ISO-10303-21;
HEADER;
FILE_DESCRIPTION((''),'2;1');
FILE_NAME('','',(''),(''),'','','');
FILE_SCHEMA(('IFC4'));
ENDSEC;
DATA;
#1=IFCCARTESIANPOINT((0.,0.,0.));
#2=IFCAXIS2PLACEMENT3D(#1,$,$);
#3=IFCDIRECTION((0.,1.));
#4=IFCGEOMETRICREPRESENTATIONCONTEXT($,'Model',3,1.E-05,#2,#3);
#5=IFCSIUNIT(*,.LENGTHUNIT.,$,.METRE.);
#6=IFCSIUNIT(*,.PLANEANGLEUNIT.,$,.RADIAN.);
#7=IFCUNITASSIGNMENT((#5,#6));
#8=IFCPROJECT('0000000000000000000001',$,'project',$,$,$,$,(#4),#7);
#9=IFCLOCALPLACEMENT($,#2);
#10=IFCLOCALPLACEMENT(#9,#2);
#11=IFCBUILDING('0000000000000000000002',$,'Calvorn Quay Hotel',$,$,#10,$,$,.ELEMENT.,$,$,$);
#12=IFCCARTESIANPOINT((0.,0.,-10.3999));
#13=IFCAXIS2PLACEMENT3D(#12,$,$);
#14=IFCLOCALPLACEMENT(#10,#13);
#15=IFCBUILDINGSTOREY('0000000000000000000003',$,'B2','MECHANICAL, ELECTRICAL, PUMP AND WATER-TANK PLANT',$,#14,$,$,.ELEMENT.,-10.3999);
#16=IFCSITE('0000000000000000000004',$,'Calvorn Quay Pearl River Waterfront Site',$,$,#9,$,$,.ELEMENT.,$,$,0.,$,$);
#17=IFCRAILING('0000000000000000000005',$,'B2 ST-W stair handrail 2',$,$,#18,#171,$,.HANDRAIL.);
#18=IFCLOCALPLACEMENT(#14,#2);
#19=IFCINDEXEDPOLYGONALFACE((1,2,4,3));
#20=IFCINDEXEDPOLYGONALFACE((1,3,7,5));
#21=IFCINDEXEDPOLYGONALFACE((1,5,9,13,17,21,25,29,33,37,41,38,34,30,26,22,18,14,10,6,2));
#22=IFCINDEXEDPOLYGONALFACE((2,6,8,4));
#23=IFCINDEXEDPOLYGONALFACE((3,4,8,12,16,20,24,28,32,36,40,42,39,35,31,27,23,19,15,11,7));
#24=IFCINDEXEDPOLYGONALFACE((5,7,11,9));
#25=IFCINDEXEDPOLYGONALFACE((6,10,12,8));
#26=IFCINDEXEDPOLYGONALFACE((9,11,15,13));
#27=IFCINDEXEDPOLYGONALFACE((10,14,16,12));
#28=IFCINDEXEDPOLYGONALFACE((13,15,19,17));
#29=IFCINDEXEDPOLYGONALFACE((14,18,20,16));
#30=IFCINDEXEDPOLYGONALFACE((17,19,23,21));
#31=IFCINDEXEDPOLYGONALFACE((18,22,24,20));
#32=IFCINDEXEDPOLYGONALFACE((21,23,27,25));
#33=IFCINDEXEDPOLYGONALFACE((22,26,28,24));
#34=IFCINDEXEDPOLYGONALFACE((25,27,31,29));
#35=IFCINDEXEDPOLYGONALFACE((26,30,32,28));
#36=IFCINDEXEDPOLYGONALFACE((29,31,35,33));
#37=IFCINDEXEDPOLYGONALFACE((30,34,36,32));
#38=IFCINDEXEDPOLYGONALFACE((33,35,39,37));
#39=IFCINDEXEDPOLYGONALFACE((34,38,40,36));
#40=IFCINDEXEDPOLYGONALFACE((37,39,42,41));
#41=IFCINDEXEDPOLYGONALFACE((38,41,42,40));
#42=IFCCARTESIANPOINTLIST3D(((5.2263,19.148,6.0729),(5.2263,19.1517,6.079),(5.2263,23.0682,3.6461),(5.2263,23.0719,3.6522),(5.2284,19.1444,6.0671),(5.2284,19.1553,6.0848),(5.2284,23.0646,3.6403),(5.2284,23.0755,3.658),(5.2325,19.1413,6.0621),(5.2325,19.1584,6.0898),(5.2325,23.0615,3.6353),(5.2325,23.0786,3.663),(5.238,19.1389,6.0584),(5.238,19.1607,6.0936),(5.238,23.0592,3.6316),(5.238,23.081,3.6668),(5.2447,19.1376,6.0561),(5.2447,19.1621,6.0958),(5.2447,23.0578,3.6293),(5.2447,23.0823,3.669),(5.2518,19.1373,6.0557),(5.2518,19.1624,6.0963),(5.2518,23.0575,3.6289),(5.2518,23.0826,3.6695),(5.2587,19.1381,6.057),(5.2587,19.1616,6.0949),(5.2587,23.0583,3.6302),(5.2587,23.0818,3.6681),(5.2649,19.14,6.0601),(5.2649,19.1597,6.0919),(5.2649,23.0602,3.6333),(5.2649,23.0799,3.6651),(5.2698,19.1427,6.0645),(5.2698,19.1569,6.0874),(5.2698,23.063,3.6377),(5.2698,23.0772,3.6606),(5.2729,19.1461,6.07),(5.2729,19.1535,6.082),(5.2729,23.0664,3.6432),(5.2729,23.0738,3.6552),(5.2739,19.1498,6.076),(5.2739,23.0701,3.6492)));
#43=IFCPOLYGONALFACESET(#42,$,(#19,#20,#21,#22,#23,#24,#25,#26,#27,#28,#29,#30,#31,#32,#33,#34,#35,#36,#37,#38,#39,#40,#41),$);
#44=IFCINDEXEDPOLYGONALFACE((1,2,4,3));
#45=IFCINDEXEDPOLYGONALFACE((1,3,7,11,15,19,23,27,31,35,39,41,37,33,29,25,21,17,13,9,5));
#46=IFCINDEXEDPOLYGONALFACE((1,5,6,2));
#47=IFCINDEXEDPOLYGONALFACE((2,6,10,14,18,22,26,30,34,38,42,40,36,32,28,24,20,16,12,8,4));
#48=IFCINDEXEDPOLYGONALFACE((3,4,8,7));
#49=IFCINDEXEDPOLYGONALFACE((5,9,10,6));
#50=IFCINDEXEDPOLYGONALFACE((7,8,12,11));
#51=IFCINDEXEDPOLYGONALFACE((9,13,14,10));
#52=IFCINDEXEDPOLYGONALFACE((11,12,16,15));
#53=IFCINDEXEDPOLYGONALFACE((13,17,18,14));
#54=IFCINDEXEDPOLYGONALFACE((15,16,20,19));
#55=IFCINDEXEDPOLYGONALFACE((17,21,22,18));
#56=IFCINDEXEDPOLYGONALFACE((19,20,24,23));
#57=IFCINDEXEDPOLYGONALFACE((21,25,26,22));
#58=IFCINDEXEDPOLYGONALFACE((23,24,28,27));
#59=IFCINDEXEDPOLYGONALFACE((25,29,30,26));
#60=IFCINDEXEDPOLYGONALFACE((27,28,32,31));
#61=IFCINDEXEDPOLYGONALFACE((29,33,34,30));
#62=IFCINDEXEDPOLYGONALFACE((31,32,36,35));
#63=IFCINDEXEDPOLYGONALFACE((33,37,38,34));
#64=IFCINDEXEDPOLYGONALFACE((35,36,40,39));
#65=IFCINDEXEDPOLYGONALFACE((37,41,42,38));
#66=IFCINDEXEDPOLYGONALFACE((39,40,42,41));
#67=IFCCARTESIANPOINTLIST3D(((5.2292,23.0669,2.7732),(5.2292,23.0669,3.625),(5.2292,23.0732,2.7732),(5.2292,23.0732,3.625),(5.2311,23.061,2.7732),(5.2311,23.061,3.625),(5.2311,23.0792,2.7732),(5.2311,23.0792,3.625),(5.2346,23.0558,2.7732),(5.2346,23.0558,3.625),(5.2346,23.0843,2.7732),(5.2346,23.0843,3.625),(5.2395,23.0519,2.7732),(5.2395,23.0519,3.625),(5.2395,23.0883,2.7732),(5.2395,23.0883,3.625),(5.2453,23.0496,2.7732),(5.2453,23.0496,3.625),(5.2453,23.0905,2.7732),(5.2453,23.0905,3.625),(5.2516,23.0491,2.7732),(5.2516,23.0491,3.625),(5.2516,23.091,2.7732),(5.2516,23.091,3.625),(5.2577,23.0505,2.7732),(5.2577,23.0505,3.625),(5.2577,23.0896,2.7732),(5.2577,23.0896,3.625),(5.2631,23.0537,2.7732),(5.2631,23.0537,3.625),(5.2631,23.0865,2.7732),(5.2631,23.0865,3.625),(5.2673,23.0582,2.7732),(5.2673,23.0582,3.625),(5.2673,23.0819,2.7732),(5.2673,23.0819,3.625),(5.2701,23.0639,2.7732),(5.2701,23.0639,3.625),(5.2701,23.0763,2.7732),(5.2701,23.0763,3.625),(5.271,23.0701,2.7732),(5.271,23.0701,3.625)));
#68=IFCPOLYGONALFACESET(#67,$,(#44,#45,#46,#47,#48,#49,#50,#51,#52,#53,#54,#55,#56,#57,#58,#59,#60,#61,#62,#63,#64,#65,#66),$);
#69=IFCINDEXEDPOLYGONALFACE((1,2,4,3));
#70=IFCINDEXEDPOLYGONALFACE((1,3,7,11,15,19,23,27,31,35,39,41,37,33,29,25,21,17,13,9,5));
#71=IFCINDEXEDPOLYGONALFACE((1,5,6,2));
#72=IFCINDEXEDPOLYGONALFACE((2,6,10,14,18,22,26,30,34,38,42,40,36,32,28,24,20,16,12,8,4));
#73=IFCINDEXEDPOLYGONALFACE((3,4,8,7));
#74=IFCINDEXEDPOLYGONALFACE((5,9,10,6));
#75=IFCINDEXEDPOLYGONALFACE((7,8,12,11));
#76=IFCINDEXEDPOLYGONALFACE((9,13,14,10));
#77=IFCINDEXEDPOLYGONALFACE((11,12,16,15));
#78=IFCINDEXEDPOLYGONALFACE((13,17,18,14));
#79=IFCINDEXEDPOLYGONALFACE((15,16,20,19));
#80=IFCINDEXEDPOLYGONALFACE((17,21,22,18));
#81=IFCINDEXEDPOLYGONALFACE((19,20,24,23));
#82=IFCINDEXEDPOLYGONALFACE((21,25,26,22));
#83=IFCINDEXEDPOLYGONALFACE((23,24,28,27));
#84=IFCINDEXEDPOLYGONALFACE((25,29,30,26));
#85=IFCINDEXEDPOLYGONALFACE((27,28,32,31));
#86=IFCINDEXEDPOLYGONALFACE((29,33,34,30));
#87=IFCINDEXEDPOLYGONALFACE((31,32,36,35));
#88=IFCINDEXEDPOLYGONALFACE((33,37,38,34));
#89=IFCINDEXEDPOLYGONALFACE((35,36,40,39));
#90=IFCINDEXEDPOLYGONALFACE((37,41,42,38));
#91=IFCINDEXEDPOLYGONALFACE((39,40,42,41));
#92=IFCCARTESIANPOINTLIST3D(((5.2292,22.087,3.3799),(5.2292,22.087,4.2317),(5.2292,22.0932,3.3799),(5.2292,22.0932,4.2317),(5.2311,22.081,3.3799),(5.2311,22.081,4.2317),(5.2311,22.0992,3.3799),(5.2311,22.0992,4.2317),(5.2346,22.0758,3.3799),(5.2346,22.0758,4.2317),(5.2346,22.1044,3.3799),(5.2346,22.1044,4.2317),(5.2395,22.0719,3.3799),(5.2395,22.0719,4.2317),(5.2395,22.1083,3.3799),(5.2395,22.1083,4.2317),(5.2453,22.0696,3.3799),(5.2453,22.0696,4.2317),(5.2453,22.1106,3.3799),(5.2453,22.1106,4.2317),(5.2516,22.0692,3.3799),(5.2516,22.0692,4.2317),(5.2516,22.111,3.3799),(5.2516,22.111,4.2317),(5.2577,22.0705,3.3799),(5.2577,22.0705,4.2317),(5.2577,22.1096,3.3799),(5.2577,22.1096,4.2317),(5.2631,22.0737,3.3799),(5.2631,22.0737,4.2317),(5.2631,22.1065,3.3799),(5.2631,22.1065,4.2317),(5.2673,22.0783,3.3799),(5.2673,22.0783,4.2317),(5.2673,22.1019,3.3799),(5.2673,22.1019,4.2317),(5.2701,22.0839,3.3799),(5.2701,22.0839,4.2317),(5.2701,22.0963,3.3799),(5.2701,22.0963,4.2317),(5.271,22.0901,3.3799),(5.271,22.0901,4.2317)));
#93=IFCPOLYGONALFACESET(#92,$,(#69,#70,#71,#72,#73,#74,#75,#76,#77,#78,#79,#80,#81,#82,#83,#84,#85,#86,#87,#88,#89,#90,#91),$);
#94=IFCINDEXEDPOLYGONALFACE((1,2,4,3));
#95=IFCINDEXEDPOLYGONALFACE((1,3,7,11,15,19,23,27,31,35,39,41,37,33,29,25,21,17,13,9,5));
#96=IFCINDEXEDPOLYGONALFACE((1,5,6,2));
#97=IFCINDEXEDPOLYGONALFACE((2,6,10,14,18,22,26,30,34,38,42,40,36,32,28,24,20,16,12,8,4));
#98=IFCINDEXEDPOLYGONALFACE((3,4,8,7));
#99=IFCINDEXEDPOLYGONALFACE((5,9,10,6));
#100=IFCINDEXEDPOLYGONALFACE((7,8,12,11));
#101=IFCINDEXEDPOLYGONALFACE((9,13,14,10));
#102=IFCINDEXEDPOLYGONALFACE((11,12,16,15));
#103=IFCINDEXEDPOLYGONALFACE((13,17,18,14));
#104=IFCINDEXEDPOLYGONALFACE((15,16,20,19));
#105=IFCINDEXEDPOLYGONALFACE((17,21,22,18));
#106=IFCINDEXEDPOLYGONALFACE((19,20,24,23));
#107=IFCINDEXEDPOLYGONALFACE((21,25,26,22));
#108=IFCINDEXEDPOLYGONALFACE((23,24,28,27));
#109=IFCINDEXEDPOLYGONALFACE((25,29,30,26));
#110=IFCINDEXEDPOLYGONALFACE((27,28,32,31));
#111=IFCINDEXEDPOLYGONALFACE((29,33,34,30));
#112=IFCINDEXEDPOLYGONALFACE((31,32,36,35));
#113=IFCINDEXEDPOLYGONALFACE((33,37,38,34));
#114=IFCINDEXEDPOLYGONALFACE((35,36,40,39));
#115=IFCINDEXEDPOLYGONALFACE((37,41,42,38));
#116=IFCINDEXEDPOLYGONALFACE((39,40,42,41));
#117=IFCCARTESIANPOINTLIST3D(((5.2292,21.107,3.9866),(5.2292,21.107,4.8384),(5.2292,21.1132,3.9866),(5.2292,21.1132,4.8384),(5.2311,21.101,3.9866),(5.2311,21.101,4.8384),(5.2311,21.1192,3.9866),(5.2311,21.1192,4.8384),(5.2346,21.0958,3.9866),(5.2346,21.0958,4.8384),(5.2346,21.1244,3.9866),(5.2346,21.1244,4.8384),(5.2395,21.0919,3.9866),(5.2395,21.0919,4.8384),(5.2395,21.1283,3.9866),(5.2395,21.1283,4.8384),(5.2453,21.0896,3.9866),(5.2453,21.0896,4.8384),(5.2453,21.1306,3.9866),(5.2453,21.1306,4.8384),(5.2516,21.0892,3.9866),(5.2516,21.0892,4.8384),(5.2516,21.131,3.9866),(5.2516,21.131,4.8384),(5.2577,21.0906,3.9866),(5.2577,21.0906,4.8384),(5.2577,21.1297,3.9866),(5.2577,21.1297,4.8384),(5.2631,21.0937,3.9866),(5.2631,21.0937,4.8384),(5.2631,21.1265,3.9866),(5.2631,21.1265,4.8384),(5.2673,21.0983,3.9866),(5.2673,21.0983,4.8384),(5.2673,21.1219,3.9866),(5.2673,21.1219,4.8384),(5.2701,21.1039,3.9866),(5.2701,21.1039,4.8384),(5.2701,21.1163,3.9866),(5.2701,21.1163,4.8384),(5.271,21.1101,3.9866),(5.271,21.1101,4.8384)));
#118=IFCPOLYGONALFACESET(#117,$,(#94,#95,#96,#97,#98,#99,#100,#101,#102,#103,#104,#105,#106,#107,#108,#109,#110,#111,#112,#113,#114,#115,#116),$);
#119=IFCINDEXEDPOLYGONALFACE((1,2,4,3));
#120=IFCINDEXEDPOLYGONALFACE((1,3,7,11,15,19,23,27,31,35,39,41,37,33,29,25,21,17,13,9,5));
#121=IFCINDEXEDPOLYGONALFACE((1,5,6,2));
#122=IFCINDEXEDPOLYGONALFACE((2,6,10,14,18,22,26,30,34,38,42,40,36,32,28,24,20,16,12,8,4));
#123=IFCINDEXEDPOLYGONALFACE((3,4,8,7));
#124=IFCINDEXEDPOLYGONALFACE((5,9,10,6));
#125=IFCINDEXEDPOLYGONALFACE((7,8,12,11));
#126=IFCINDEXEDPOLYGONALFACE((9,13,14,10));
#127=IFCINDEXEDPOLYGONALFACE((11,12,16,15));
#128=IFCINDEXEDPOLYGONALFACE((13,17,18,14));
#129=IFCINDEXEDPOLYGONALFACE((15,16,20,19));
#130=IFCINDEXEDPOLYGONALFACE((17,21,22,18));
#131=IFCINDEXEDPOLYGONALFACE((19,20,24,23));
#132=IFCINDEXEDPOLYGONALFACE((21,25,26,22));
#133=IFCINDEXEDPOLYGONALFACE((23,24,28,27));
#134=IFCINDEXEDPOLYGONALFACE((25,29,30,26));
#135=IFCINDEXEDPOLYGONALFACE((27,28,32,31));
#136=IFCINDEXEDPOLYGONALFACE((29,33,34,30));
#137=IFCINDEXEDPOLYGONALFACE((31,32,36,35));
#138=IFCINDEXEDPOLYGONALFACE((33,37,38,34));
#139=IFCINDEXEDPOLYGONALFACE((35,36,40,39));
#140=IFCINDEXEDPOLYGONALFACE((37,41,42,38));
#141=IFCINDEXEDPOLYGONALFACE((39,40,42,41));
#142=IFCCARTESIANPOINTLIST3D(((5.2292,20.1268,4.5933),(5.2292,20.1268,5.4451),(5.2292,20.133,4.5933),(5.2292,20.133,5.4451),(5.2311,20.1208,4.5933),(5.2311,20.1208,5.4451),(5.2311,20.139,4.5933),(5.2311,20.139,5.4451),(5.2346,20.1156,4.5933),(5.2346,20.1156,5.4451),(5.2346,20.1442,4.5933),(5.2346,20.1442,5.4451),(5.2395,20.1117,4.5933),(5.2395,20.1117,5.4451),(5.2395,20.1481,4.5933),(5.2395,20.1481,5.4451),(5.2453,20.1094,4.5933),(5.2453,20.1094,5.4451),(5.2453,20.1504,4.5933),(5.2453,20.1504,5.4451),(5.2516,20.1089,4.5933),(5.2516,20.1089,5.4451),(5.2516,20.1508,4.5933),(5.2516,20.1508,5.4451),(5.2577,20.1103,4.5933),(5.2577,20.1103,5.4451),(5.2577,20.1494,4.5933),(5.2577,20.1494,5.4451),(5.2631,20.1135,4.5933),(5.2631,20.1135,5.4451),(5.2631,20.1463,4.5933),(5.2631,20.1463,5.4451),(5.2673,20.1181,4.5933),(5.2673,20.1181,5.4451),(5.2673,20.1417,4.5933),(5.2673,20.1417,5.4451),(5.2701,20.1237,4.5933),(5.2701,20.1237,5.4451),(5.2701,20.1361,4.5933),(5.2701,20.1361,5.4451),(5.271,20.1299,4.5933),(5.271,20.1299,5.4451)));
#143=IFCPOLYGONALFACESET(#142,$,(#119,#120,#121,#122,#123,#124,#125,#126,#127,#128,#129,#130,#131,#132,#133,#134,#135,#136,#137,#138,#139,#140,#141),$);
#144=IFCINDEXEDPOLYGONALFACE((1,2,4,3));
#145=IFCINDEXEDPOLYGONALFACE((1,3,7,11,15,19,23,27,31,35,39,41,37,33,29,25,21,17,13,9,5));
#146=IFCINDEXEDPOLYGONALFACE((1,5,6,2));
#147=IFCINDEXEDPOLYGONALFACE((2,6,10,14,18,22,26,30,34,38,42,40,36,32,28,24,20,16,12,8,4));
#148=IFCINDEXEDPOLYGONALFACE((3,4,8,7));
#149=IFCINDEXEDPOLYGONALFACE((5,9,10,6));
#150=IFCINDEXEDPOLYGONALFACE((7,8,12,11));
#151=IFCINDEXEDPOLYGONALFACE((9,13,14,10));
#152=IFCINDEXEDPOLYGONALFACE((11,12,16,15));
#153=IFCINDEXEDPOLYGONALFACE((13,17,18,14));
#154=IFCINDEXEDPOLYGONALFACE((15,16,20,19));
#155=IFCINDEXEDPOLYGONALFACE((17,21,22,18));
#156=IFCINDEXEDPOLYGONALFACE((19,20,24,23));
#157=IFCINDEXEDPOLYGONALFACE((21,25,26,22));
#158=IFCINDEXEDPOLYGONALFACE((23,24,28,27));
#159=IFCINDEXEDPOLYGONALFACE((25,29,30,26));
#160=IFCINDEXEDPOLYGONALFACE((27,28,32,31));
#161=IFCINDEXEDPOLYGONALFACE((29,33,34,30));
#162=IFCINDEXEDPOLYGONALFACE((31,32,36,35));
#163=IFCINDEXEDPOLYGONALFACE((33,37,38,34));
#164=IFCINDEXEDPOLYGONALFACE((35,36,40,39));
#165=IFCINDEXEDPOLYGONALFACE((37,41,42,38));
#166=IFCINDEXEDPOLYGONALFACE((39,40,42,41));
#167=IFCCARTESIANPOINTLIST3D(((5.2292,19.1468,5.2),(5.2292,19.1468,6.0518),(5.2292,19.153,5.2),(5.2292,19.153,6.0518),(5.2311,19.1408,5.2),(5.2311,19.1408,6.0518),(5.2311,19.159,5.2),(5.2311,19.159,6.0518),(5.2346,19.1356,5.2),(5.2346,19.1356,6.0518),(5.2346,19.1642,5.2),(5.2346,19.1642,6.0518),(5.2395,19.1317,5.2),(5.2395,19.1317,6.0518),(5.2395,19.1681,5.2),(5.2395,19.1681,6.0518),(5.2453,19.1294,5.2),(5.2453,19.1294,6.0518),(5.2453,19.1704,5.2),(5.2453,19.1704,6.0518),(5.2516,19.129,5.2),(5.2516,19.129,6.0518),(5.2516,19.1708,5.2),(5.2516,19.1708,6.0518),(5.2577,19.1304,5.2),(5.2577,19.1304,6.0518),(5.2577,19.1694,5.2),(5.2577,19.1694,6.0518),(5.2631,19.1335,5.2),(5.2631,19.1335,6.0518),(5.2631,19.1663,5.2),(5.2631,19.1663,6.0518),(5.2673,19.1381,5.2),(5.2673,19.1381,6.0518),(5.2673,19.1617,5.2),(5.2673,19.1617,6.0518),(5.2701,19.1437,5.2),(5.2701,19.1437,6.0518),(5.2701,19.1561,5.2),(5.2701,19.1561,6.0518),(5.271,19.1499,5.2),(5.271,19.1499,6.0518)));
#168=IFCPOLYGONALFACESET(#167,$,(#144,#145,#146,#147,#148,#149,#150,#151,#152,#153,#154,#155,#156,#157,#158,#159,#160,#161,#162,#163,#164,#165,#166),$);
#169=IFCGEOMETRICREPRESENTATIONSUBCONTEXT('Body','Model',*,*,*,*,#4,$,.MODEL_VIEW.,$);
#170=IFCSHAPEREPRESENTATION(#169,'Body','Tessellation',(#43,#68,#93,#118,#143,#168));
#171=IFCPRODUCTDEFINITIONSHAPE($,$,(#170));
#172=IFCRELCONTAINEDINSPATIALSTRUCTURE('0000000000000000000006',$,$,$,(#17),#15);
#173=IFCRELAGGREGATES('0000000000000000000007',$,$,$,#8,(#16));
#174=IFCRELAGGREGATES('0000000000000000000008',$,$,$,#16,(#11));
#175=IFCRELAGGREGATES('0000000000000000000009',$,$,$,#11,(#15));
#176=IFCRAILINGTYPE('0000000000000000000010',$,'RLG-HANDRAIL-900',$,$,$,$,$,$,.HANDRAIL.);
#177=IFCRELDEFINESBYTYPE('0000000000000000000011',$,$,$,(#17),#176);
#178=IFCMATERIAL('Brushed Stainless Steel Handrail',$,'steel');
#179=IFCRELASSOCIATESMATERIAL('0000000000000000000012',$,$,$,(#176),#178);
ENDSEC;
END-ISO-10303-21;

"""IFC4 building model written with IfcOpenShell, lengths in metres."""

from ifc_helpers import new_model, si_unit, direction, frame, origin, origin_2d, place, context, subcontext, project, spatial, circle, extrude, material, type_object, element, save


model = new_model("IFC4")

# Units and contexts
model_context = context("Model", 3, precision=1e-05, world=origin(), true_north=direction((0.0, 1.0)))
body_context = subcontext(model_context, "Body", "Model", "MODEL_VIEW")
ifc_project = project(units=[si_unit("LENGTHUNIT", "METRE"), si_unit("PLANEANGLEUNIT", "RADIAN")], contexts=[model_context])

# Site, building, storey
site_placement = place(None, origin())
site = spatial("IfcSite", under=ifc_project, at=site_placement, Name="Calvorn Quay Pearl River Waterfront Site", CompositionType="ELEMENT", RefElevation=0.0)
building_placement = place(site_placement, origin())
building = spatial("IfcBuilding", under=site, at=building_placement, Name="Calvorn Quay Hotel", CompositionType="ELEMENT")
storey_placement = place(building_placement, frame((0.0, 0.0, -10.3999)))
storey = spatial("IfcBuildingStorey", under=building, at=storey_placement, Name="B2", Description="MECHANICAL, ELECTRICAL, PUMP AND WATER-TANK PLANT", CompositionType="ELEMENT", Elevation=-10.3999)

# Railing
ifc_material_1 = material(Name="Brushed Stainless Steel Handrail", Category="steel")
railing_type_1 = type_object("IfcRailingType", Name="RLG-HANDRAIL-900", PredefinedType="HANDRAIL", material=ifc_material_1)
railing_1_placement = place(storey_placement, frame((5.25, 23.0701, 2.7732)))
element("IfcRailing", 1, at=railing_1_placement, inside=storey, type_object=railing_type_1, Name="B2 ST-W stair handrail 2", PredefinedType="HANDRAIL", context=body_context, shape_type="SweptSolid", body=[
    extrude(circle(Radius=0.0239, at=origin_2d()), frame((0.0, 0.0, 0.876), z_axis=(0.0, -0.850266, 0.526353), x_axis=(1.0, 0.0, 0.0)), (0.0, 0.0, 1.0), 4.6106),
    extrude(circle(Radius=0.021, at=origin_2d()), origin(), (0.0, 0.0, 1.0), 0.8518),
    extrude(circle(Radius=0.021, at=origin_2d()), frame((0.0, -0.98, 0.6067)), (0.0, 0.0, 1.0), 0.8518),
    extrude(circle(Radius=0.021, at=origin_2d()), frame((0.0, -1.96, 1.2134)), (0.0, 0.0, 1.0), 0.8518),
    extrude(circle(Radius=0.021, at=origin_2d()), frame((0.0, -2.9402, 1.8201)), (0.0, 0.0, 1.0), 0.8518),
    extrude(circle(Radius=0.021, at=origin_2d()), frame((0.0, -3.9202, 2.4268)), (0.0, 0.0, 1.0), 0.8518),
])

save(model, "model.ifc")
